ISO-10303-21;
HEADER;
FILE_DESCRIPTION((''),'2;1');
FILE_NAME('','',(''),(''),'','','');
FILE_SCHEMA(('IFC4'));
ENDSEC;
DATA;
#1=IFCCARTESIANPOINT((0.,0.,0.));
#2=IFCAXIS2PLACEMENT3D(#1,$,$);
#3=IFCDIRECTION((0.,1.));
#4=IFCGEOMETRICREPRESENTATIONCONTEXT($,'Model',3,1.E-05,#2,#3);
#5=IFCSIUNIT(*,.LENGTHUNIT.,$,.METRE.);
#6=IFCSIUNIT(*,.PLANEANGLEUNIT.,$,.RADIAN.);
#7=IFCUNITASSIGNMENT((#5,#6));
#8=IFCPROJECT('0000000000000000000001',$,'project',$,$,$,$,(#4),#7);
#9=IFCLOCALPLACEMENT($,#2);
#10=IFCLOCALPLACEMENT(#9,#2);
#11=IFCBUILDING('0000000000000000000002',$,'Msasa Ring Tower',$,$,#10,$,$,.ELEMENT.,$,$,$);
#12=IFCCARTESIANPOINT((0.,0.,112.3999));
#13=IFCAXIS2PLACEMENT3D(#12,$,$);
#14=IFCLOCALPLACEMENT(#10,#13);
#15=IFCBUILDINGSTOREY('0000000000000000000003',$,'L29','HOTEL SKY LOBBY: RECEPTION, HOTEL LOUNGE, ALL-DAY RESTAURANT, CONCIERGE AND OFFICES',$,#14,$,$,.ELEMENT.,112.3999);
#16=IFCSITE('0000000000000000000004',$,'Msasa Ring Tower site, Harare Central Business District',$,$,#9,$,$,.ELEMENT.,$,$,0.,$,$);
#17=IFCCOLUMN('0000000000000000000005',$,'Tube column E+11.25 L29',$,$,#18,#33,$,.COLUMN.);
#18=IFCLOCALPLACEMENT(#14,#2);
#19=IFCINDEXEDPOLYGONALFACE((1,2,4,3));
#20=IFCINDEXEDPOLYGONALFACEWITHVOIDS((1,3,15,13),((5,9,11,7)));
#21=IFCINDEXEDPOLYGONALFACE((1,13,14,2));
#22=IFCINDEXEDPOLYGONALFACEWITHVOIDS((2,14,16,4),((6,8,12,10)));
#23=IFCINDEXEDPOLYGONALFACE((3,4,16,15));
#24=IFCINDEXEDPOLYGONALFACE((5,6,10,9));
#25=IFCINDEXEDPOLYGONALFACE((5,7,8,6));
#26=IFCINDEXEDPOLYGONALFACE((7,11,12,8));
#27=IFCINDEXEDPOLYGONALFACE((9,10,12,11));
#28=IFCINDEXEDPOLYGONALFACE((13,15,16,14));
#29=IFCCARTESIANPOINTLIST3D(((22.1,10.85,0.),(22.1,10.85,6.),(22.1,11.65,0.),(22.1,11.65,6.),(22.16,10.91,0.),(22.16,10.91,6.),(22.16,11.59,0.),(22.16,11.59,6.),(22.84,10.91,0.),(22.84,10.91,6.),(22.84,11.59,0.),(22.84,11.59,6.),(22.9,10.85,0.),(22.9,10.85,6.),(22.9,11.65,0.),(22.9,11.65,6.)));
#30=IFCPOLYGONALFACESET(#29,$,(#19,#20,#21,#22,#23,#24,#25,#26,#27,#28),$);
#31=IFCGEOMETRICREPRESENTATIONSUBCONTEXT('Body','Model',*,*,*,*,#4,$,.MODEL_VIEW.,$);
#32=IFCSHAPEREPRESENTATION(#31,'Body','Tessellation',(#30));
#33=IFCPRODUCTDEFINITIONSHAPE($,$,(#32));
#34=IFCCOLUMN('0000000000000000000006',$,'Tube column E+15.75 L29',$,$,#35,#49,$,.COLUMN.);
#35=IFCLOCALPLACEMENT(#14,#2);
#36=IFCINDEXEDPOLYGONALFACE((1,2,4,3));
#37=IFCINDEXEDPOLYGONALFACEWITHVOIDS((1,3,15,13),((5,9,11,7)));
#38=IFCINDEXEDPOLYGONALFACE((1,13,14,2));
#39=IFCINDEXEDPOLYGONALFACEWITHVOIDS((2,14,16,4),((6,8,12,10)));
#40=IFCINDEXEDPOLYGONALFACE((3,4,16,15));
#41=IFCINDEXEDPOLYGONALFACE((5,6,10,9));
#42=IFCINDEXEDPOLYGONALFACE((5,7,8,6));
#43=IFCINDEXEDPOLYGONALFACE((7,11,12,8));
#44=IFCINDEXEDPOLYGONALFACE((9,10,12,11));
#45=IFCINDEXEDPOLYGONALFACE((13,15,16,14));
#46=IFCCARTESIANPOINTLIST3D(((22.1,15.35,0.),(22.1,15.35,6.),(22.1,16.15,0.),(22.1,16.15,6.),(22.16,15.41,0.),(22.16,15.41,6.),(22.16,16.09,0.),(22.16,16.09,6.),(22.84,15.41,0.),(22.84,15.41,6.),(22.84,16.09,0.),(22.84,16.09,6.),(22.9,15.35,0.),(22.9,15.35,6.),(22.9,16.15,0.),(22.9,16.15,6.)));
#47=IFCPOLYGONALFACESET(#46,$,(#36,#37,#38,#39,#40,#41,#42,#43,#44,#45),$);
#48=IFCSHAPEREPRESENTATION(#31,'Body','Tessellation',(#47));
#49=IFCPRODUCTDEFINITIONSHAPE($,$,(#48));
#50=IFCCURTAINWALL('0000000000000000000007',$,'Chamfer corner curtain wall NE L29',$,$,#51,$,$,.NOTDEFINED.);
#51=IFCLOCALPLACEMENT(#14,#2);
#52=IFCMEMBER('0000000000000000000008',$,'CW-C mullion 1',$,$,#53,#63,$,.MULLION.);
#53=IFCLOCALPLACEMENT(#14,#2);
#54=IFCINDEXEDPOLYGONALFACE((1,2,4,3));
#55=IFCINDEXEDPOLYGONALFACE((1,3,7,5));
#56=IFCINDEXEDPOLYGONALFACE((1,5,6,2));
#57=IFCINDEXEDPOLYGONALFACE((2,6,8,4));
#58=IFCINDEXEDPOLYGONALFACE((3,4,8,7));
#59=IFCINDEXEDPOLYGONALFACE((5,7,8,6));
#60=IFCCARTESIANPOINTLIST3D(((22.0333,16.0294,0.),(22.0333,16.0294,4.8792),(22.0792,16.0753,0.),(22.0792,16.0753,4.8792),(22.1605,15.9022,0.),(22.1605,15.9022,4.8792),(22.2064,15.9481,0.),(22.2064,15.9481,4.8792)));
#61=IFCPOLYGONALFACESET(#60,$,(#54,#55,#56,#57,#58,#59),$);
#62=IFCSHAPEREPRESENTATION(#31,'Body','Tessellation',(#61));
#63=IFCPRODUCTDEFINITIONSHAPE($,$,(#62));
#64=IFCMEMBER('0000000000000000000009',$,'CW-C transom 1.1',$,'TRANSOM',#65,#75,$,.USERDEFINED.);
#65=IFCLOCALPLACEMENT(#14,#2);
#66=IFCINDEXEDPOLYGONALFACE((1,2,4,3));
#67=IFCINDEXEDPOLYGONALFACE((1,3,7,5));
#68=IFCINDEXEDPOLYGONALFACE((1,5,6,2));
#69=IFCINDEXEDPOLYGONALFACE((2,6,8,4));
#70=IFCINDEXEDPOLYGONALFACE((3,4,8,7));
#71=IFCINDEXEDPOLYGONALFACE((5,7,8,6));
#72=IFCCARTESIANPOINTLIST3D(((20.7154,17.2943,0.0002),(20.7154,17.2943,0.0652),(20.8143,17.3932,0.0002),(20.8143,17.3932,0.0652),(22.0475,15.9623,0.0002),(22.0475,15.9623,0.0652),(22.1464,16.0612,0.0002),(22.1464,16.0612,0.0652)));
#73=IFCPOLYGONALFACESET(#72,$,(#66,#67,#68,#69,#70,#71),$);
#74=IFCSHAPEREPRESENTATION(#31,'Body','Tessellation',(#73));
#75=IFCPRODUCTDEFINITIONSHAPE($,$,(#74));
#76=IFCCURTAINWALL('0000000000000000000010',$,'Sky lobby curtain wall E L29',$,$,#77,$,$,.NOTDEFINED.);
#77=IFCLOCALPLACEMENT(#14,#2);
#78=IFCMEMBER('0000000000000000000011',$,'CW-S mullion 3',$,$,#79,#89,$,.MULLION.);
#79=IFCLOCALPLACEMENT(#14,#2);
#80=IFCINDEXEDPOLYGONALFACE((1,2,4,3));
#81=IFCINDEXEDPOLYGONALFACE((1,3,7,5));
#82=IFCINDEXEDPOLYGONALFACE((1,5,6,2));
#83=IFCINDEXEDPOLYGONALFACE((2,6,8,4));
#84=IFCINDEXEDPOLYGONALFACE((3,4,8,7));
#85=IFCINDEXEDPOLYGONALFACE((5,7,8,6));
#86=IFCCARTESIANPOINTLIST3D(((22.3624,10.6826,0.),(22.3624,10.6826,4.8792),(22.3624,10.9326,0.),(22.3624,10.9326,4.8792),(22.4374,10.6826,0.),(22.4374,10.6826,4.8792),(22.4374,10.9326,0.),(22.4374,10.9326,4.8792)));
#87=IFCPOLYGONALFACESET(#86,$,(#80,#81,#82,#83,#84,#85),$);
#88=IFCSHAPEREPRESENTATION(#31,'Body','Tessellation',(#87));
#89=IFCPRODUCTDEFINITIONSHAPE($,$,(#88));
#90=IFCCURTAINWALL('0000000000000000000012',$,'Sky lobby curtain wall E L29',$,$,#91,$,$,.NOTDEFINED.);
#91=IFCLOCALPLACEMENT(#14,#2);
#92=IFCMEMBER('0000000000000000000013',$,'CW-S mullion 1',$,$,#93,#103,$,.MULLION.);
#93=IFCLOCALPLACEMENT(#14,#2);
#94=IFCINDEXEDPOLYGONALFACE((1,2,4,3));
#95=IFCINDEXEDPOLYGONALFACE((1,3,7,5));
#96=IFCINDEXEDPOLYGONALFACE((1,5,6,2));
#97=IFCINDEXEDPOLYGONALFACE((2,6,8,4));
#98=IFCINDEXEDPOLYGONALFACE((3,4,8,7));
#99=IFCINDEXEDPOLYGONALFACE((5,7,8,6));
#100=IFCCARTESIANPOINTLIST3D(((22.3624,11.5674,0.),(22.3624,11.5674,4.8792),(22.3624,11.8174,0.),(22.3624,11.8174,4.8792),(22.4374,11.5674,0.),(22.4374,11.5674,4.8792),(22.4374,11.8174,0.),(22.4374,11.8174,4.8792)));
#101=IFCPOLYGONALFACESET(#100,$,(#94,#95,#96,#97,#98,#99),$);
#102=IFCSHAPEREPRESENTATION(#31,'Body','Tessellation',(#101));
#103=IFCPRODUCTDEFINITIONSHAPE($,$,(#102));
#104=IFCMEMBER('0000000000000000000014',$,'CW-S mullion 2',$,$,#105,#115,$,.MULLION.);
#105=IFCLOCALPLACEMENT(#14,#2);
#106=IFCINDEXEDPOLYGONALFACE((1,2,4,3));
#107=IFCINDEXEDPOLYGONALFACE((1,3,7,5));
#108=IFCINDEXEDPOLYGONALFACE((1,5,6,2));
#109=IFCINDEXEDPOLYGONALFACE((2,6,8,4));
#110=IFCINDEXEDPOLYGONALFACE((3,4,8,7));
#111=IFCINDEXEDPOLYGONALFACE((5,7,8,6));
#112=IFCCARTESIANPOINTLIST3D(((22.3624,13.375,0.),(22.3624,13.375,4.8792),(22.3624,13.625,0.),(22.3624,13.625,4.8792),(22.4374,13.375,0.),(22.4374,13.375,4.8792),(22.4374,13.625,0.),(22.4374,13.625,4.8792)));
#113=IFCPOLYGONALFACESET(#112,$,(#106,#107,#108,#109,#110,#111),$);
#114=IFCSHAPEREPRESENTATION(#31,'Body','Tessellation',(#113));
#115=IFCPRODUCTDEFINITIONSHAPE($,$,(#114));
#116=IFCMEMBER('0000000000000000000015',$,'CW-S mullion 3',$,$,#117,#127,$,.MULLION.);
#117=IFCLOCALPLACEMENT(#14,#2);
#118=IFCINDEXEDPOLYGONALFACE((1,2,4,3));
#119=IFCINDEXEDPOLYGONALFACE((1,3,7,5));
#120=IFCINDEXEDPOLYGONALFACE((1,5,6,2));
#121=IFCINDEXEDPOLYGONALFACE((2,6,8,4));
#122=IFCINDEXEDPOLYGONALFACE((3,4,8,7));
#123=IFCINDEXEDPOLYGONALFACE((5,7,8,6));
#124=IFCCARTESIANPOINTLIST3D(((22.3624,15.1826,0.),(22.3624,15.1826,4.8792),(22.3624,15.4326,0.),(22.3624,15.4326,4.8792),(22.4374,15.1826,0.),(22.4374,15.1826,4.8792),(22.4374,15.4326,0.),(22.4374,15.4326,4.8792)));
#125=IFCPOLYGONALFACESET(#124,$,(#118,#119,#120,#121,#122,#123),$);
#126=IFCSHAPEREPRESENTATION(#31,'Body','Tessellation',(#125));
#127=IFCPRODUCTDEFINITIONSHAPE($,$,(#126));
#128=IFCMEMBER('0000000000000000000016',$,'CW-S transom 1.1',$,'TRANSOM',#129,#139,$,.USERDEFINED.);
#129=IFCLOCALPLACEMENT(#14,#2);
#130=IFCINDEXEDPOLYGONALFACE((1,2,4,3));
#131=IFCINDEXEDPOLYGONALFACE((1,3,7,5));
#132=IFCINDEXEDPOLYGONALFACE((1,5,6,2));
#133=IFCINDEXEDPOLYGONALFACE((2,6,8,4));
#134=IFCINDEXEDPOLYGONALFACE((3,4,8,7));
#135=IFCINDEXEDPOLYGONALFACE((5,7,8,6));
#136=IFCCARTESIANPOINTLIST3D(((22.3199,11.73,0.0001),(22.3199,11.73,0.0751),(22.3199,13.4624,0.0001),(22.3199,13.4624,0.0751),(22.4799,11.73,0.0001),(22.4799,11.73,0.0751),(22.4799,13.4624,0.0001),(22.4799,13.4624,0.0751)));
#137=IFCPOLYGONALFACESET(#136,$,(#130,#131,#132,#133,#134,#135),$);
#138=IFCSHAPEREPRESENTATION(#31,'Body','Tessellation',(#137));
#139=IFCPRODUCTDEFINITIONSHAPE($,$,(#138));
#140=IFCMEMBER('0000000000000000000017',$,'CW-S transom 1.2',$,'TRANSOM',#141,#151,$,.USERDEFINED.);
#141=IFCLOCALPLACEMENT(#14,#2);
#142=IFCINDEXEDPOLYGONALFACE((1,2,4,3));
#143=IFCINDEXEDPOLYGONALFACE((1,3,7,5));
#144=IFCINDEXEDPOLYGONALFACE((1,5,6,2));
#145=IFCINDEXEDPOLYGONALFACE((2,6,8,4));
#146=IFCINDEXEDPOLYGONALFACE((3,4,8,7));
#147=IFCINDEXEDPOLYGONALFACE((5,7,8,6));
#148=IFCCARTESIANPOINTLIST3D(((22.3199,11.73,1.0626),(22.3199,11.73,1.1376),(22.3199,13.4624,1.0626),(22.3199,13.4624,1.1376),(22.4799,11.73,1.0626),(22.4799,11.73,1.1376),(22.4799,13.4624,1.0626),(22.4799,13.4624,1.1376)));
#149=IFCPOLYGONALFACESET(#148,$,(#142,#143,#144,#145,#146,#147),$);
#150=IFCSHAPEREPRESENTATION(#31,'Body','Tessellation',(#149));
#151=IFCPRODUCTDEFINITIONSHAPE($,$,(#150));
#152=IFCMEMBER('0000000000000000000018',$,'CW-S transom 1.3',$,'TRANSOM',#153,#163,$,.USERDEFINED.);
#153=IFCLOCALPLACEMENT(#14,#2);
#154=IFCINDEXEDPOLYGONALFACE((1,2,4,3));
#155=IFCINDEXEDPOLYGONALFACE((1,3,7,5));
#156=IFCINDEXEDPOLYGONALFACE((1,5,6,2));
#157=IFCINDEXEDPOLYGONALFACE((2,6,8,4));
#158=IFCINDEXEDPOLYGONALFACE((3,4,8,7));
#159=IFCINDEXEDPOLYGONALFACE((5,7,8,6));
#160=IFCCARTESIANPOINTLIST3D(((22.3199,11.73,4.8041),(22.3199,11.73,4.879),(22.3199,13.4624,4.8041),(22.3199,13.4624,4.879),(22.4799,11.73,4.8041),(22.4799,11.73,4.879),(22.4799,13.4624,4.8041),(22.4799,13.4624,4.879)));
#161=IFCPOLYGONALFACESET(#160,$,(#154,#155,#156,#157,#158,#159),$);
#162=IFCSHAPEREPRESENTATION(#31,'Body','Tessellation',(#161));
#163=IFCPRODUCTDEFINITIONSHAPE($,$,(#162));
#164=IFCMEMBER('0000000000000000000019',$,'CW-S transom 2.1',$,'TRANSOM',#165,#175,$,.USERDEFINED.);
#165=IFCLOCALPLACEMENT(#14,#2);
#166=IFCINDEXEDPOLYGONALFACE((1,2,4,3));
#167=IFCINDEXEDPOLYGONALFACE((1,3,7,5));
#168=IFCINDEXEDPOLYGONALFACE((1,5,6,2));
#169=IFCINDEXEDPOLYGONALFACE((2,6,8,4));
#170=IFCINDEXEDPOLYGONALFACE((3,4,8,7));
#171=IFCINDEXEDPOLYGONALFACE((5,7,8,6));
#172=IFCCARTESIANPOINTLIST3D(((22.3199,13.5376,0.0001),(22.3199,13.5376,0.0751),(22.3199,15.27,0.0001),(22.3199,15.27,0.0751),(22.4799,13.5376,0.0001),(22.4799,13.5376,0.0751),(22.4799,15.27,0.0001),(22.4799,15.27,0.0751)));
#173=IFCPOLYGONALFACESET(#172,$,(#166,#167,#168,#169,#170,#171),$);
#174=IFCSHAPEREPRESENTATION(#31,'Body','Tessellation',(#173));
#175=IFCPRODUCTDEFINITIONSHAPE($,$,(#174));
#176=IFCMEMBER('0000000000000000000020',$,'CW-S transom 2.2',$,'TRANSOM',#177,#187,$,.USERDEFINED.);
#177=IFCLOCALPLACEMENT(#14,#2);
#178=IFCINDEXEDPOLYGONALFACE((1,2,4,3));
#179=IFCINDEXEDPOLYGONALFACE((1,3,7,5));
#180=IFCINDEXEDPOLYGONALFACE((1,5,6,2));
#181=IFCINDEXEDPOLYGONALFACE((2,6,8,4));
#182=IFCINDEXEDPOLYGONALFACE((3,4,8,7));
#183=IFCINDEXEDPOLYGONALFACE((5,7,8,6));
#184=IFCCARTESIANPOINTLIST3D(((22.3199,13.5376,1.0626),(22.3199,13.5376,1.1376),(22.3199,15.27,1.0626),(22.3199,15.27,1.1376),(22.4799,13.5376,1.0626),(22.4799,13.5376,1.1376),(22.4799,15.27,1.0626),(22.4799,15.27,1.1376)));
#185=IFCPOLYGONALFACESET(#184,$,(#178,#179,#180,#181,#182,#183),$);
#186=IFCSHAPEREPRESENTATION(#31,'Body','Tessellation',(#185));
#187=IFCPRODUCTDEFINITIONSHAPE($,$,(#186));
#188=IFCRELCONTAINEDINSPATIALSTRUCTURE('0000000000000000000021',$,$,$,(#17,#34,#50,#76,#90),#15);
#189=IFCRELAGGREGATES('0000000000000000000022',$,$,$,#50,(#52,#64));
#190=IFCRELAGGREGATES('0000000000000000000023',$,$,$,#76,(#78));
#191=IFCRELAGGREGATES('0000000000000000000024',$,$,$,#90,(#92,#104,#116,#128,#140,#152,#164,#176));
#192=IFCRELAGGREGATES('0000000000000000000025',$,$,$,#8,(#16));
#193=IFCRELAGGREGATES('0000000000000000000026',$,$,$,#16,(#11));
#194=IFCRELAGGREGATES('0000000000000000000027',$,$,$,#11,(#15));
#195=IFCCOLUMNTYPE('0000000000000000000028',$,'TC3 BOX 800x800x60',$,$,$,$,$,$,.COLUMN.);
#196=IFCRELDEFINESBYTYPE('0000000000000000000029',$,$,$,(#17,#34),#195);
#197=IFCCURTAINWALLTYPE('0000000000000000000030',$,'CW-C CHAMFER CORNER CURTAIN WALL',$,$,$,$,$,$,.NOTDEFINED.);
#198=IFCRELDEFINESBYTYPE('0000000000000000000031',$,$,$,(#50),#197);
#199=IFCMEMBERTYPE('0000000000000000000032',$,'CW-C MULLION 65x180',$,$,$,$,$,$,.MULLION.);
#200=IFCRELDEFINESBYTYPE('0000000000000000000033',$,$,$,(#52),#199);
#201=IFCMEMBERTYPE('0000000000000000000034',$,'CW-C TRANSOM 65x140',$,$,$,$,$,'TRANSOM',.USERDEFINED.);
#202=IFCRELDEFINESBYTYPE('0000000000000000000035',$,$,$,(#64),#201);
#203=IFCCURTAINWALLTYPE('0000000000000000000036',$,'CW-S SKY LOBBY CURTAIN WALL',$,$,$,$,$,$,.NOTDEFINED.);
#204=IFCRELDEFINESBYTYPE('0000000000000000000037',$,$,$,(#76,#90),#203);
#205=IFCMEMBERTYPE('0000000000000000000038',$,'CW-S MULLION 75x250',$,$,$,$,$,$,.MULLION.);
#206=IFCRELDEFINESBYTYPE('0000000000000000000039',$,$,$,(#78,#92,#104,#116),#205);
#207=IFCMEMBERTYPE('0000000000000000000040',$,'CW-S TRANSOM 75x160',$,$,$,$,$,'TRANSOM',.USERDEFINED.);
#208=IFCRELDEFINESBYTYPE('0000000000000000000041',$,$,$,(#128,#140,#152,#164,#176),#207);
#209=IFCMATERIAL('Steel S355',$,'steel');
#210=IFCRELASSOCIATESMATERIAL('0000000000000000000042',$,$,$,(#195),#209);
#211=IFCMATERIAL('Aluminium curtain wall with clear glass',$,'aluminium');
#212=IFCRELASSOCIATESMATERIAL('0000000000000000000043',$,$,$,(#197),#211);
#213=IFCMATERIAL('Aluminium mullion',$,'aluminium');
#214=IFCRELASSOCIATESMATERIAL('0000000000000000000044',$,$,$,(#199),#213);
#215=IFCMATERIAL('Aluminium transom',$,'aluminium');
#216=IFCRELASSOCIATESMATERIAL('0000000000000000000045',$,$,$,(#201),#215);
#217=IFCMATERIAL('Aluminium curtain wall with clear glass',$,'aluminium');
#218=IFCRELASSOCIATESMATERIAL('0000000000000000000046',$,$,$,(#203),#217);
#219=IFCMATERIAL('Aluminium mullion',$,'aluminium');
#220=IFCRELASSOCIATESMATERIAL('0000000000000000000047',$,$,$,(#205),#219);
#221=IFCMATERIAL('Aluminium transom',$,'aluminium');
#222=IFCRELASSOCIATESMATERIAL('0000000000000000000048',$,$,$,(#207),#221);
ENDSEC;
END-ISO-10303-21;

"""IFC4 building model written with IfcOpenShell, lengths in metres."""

from ifc_helpers import new_model, si_unit, direction, frame, origin, origin_2d, place, context, subcontext, project, spatial, rectangle, hollow_rectangle, extrude, material, material_profile, profile_set, type_object, element, aggregate, save


model = new_model("IFC4")

# Units and contexts
model_context = context("Model", 3, precision=1e-05, world=origin(), true_north=direction((0.0, 1.0)))
body_context = subcontext(model_context, "Body", "Model", "MODEL_VIEW")
ifc_project = project(units=[si_unit("LENGTHUNIT", "METRE"), si_unit("PLANEANGLEUNIT", "RADIAN")], contexts=[model_context])

# Site, building, storey
site_placement = place(None, origin())
site = spatial("IfcSite", under=ifc_project, at=site_placement, Name="Msasa Ring Tower site, Harare Central Business District", CompositionType="ELEMENT", RefElevation=0.0)
building_placement = place(site_placement, origin())
building = spatial("IfcBuilding", under=site, at=building_placement, Name="Msasa Ring Tower", CompositionType="ELEMENT")
storey_placement = place(building_placement, frame((0.0, 0.0, 112.3999)))
storey = spatial("IfcBuildingStorey", under=building, at=storey_placement, Name="L29", Description="HOTEL SKY LOBBY: RECEPTION, HOTEL LOUNGE, ALL-DAY RESTAURANT, CONCIERGE AND OFFICES", CompositionType="ELEMENT", Elevation=112.3999)

# Columns
ifc_material_1 = material(Name="Steel S355", Category="steel")
ifc_material_profile_1 = material_profile(ifc_material_1, hollow_rectangle(XDim=0.8, YDim=0.8, WallThickness=0.0601, at=origin_2d()), Name="BOX 800x800x60")
ifc_profile_set_1 = profile_set([ifc_material_profile_1], Name="Steel S355")
column_type = type_object("IfcColumnType", Name="TC3 BOX 800x800x60", PredefinedType="COLUMN", material=ifc_profile_set_1)
for number, where, z_axis, x_axis, name in (
    (1, (22.5, 11.25, 0.0), (0.0, 0.0, 1.0), (1.0, 0.0, 0.0), "Tube column E+11.25 L29"),
    (2, (22.5, 15.75, 0.0), (0.0, 0.0, 1.0), (1.0, 0.0, 0.0), "Tube column E+15.75 L29"),
):
    element("IfcColumn", number, at=place(storey_placement, frame(where, z_axis=z_axis, x_axis=x_axis)), inside=storey, type_object=column_type, Name=name, PredefinedType="COLUMN", context=body_context, shape_type="SweptSolid", body=[
        extrude(hollow_rectangle(XDim=0.8, YDim=0.8, WallThickness=0.0601, at=origin_2d()), origin(), (0.0, 0.0, 1.0), 6.0),
    ])

# Curtain wall, members
ifc_material_2 = material(Name="Aluminium curtain wall with clear glass", Category="aluminium")
curtain_wall_type_1 = type_object("IfcCurtainWallType", Name="CW-C CHAMFER CORNER CURTAIN WALL", PredefinedType="NOTDEFINED", material=ifc_material_2)
curtain_wall_1_placement = place(storey_placement, origin())
curtain_wall_1 = element("IfcCurtainWall", 3, at=curtain_wall_1_placement, inside=storey, type_object=curtain_wall_type_1, Name="Chamfer corner curtain wall NE L29", PredefinedType="NOTDEFINED")
ifc_material_3 = material(Name="Aluminium mullion", Category="aluminium")
ifc_material_profile_2 = material_profile(ifc_material_3, rectangle(XDim=0.0649, YDim=0.1799, at=origin_2d()), Name="AL 65x180")
ifc_profile_set_2 = profile_set([ifc_material_profile_2], Name="Aluminium mullion")
member_type_1 = type_object("IfcMemberType", Name="CW-C MULLION 65x180", PredefinedType="MULLION", material=ifc_profile_set_2)
member_1_placement = place(storey_placement, frame((22.1199, 15.9888, 0.0), z_axis=(0.0, 0.0, 1.0), x_axis=(-0.707107, -0.707107, 0.0)))
member_1 = element("IfcMember", 4, at=member_1_placement, type_object=member_type_1, Name="CW-C mullion 1", PredefinedType="MULLION", context=body_context, shape_type="SweptSolid", body=[
    extrude(rectangle(XDim=0.0649, YDim=0.1799, at=origin_2d()), origin(), (0.0, 0.0, 1.0), 4.8792),
])
ifc_material_4 = material(Name="Aluminium transom", Category="aluminium")
ifc_material_profile_3 = material_profile(ifc_material_4, rectangle(XDim=0.1399, YDim=0.0649, at=origin_2d()), Name="AL 65x140")
ifc_profile_set_3 = profile_set([ifc_material_profile_3], Name="Aluminium transom")
member_type_2 = type_object("IfcMemberType", Name="CW-C TRANSOM 65x140", ElementType="TRANSOM", PredefinedType="USERDEFINED", material=ifc_profile_set_3)
member_2_placement = place(storey_placement, frame((22.0969, 16.0117, 0.0327), z_axis=(-0.707107, 0.707107, 0.0), x_axis=(-0.707107, -0.707107, 0.0)))
member_2 = element("IfcMember", 5, at=member_2_placement, type_object=member_type_2, Name="CW-C transom 1.1", ObjectType="TRANSOM", PredefinedType="USERDEFINED", context=body_context, shape_type="SweptSolid", body=[
    extrude(rectangle(XDim=0.1399, YDim=0.0649, at=origin_2d()), origin(), (0.0, 0.0, 1.0), 1.8838),
])
aggregate(curtain_wall_1, [member_1, member_2])

# Curtain wall, member
ifc_material_5 = material(Name="Aluminium curtain wall with clear glass", Category="aluminium")
curtain_wall_type_2 = type_object("IfcCurtainWallType", Name="CW-S SKY LOBBY CURTAIN WALL", PredefinedType="NOTDEFINED", material=ifc_material_5)
curtain_wall_2_placement = place(storey_placement, origin())
curtain_wall_2 = element("IfcCurtainWall", 6, at=curtain_wall_2_placement, inside=storey, type_object=curtain_wall_type_2, Name="Sky lobby curtain wall E L29", PredefinedType="NOTDEFINED")
ifc_material_6 = material(Name="Aluminium mullion", Category="aluminium")
ifc_material_profile_4 = material_profile(ifc_material_6, rectangle(XDim=0.075, YDim=0.25, at=origin_2d()), Name="AL 75x250")
ifc_profile_set_4 = profile_set([ifc_material_profile_4], Name="Aluminium mullion")
member_type_3 = type_object("IfcMemberType", Name="CW-S MULLION 75x250", PredefinedType="MULLION", material=ifc_profile_set_4)
member_3_placement = place(storey_placement, frame((22.3999, 10.8076, 0.0), z_axis=(0.0, 0.0, 1.0), x_axis=(-1.0, 0.0, 0.0)))
member_3 = element("IfcMember", 7, at=member_3_placement, type_object=member_type_3, Name="CW-S mullion 3", PredefinedType="MULLION", context=body_context, shape_type="SweptSolid", body=[
    extrude(rectangle(XDim=0.075, YDim=0.25, at=origin_2d()), origin(), (0.0, 0.0, 1.0), 4.8792),
])

# Curtain wall, members
curtain_wall_3_placement = place(storey_placement, origin())
curtain_wall_3 = element("IfcCurtainWall", 8, at=curtain_wall_3_placement, inside=storey, type_object=curtain_wall_type_2, Name="Sky lobby curtain wall E L29", PredefinedType="NOTDEFINED")
member_4_placement = place(storey_placement, frame((22.3999, 11.6924, 0.0), z_axis=(0.0, 0.0, 1.0), x_axis=(-1.0, 0.0, 0.0)))
member_4 = element("IfcMember", 9, at=member_4_placement, type_object=member_type_3, Name="CW-S mullion 1", PredefinedType="MULLION", context=body_context, shape_type="SweptSolid", body=[
    extrude(rectangle(XDim=0.075, YDim=0.25, at=origin_2d()), origin(), (0.0, 0.0, 1.0), 4.8792),
])
member_5_placement = place(storey_placement, frame((22.3999, 13.5, 0.0), z_axis=(0.0, 0.0, 1.0), x_axis=(-1.0, 0.0, 0.0)))
member_5 = element("IfcMember", 10, at=member_5_placement, type_object=member_type_3, Name="CW-S mullion 2", PredefinedType="MULLION", context=body_context, shape_type="SweptSolid", body=[
    extrude(rectangle(XDim=0.075, YDim=0.25, at=origin_2d()), origin(), (0.0, 0.0, 1.0), 4.8792),
])
member_6_placement = place(storey_placement, frame((22.3999, 15.3076, 0.0), z_axis=(0.0, 0.0, 1.0), x_axis=(-1.0, 0.0, 0.0)))
member_6 = element("IfcMember", 11, at=member_6_placement, type_object=member_type_3, Name="CW-S mullion 3", PredefinedType="MULLION", context=body_context, shape_type="SweptSolid", body=[
    extrude(rectangle(XDim=0.075, YDim=0.25, at=origin_2d()), origin(), (0.0, 0.0, 1.0), 4.8792),
])
ifc_material_7 = material(Name="Aluminium transom", Category="aluminium")
ifc_material_profile_5 = material_profile(ifc_material_7, rectangle(XDim=0.1599, YDim=0.075, at=origin_2d()), Name="AL 75x160")
ifc_profile_set_5 = profile_set([ifc_material_profile_5], Name="Aluminium transom")
member_type_4 = type_object("IfcMemberType", Name="CW-S TRANSOM 75x160", ElementType="TRANSOM", PredefinedType="USERDEFINED", material=ifc_profile_set_5)
member_7_placement = place(storey_placement, frame((22.3999, 11.73, 0.0376), z_axis=(0.0, 1.0, 0.0), x_axis=(-1.0, 0.0, 0.0)))
member_7 = element("IfcMember", 12, at=member_7_placement, type_object=member_type_4, Name="CW-S transom 1.1", ObjectType="TRANSOM", PredefinedType="USERDEFINED", context=body_context, shape_type="SweptSolid", body=[
    extrude(rectangle(XDim=0.1599, YDim=0.075, at=origin_2d()), origin(), (0.0, 0.0, 1.0), 1.7324),
])
member_8_placement = place(storey_placement, frame((22.3999, 11.73, 1.1001), z_axis=(0.0, 1.0, 0.0), x_axis=(-1.0, 0.0, 0.0)))
member_8 = element("IfcMember", 13, at=member_8_placement, type_object=member_type_4, Name="CW-S transom 1.2", ObjectType="TRANSOM", PredefinedType="USERDEFINED", context=body_context, shape_type="SweptSolid", body=[
    extrude(rectangle(XDim=0.1599, YDim=0.075, at=origin_2d()), origin(), (0.0, 0.0, 1.0), 1.7324),
])
member_9_placement = place(storey_placement, frame((22.3999, 11.73, 4.8416), z_axis=(0.0, 1.0, 0.0), x_axis=(-1.0, 0.0, 0.0)))
member_9 = element("IfcMember", 14, at=member_9_placement, type_object=member_type_4, Name="CW-S transom 1.3", ObjectType="TRANSOM", PredefinedType="USERDEFINED", context=body_context, shape_type="SweptSolid", body=[
    extrude(rectangle(XDim=0.1599, YDim=0.075, at=origin_2d()), origin(), (0.0, 0.0, 1.0), 1.7324),
])
member_10_placement = place(storey_placement, frame((22.3999, 13.5376, 0.0376), z_axis=(0.0, 1.0, 0.0), x_axis=(-1.0, 0.0, 0.0)))
member_10 = element("IfcMember", 15, at=member_10_placement, type_object=member_type_4, Name="CW-S transom 2.1", ObjectType="TRANSOM", PredefinedType="USERDEFINED", context=body_context, shape_type="SweptSolid", body=[
    extrude(rectangle(XDim=0.1599, YDim=0.075, at=origin_2d()), origin(), (0.0, 0.0, 1.0), 1.7324),
])
member_11_placement = place(storey_placement, frame((22.3999, 13.5376, 1.1001), z_axis=(0.0, 1.0, 0.0), x_axis=(-1.0, 0.0, 0.0)))
member_11 = element("IfcMember", 16, at=member_11_placement, type_object=member_type_4, Name="CW-S transom 2.2", ObjectType="TRANSOM", PredefinedType="USERDEFINED", context=body_context, shape_type="SweptSolid", body=[
    extrude(rectangle(XDim=0.1599, YDim=0.075, at=origin_2d()), origin(), (0.0, 0.0, 1.0), 1.7324),
])

aggregate(curtain_wall_2, [member_3])
aggregate(curtain_wall_3, [member_4, member_5, member_6, member_7, member_8, member_9, member_10, member_11])

save(model, "model.ifc")
